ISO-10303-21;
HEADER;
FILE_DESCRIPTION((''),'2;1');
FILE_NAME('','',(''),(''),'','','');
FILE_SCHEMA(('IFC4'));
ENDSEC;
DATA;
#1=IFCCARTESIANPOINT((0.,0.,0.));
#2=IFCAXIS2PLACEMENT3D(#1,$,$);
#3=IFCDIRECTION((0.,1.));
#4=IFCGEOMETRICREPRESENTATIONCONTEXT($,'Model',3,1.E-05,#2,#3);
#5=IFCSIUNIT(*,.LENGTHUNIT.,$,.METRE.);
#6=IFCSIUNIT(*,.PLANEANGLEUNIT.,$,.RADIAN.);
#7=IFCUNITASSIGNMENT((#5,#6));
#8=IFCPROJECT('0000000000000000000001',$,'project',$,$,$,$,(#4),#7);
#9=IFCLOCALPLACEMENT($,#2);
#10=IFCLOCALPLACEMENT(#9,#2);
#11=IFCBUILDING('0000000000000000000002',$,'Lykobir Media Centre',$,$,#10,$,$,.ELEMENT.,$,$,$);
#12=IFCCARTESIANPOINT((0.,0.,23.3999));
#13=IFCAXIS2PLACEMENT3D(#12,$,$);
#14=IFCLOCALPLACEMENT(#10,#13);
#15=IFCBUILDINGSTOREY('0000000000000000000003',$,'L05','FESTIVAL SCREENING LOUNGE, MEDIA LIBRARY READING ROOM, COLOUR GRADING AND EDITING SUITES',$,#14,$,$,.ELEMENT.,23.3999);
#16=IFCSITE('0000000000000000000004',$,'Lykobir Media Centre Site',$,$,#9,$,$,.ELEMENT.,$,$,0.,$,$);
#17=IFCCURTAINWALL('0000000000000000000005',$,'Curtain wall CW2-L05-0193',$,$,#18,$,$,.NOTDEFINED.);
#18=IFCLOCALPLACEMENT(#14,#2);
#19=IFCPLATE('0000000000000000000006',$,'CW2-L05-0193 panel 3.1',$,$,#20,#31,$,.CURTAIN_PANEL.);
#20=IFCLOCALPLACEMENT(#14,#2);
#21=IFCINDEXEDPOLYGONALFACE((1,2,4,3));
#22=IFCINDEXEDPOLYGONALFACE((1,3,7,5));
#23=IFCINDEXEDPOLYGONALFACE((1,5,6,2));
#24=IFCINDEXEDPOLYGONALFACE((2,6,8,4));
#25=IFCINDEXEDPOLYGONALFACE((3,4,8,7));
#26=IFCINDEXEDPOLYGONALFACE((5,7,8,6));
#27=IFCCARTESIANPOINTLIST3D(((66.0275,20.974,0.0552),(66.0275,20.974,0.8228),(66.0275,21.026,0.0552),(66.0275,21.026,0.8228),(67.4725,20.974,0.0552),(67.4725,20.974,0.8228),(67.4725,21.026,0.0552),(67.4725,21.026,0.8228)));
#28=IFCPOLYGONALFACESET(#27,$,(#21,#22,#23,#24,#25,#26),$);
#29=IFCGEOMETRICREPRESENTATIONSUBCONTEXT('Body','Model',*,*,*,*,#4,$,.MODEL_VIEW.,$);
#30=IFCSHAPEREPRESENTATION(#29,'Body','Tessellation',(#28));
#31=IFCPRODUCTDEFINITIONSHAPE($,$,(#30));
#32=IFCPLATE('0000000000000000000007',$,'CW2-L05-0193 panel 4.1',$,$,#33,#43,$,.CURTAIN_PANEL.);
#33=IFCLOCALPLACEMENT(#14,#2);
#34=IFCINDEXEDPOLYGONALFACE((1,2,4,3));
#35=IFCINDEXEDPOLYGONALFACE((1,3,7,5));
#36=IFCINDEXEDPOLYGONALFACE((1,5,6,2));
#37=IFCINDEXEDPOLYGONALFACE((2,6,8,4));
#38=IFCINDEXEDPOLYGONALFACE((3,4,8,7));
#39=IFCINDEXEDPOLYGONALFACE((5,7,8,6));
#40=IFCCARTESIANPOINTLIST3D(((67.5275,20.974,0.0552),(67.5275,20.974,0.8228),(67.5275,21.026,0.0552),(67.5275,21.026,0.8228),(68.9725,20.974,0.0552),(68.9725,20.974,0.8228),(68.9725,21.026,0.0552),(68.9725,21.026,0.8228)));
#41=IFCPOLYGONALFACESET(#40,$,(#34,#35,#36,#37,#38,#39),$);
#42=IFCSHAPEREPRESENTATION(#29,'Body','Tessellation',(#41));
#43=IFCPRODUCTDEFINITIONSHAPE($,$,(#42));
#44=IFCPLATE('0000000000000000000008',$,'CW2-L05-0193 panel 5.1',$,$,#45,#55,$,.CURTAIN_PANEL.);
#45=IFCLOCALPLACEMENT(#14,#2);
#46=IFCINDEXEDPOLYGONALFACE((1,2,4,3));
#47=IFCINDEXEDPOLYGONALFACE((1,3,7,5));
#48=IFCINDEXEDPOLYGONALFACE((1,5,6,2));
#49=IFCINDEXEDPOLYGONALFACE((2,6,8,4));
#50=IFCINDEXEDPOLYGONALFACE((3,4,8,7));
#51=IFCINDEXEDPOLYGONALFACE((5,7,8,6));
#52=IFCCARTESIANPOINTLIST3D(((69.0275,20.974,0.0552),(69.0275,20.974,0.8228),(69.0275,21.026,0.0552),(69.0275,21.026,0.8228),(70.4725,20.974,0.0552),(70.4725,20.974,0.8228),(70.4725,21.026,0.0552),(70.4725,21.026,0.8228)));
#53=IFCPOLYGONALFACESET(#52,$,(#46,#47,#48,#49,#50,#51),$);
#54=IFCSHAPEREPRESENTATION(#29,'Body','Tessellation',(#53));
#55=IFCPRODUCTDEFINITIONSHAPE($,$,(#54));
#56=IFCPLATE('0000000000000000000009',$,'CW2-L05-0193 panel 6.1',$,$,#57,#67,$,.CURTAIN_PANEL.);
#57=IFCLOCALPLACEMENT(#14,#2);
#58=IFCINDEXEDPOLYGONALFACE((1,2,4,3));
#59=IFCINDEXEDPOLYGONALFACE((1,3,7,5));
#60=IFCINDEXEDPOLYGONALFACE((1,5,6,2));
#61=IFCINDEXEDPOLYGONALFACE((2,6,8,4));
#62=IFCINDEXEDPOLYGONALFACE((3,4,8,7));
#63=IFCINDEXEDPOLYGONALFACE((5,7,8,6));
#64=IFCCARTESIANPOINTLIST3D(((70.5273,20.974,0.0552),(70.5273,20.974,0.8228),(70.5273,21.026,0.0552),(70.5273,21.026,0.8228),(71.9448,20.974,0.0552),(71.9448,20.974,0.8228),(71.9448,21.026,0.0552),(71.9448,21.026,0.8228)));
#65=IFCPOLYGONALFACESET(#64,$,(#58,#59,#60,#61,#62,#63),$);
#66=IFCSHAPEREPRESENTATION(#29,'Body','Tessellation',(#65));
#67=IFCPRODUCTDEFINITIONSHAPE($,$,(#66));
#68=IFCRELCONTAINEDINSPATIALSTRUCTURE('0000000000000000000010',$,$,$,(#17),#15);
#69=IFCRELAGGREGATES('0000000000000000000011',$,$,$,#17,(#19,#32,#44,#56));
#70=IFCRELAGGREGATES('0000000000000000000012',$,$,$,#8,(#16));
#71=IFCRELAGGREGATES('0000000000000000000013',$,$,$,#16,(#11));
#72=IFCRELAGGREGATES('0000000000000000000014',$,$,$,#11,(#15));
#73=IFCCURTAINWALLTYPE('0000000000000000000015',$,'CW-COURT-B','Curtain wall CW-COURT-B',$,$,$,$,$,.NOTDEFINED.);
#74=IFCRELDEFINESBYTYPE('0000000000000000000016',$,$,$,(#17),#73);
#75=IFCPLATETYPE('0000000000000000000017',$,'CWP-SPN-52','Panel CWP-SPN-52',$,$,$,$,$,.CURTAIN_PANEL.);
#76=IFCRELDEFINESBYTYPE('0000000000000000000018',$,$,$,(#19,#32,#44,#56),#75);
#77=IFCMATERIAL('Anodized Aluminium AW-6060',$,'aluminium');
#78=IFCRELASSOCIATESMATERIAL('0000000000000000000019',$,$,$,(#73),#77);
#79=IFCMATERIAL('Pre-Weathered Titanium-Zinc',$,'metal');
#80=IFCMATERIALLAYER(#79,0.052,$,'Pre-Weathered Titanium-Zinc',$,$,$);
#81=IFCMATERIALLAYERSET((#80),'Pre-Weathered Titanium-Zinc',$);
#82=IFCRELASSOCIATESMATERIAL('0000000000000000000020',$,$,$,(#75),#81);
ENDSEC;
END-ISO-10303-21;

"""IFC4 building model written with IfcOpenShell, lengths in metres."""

from ifc_helpers import new_model, si_unit, direction, frame, origin, origin_2d, place, context, subcontext, project, spatial, rectangle, extrude, material, layer, layer_set, type_object, element, aggregate, save


model = new_model("IFC4")

# Units and contexts
model_context = context("Model", 3, precision=1e-05, world=origin(), true_north=direction((0.0, 1.0)))
body_context = subcontext(model_context, "Body", "Model", "MODEL_VIEW")
ifc_project = project(units=[si_unit("LENGTHUNIT", "METRE"), si_unit("PLANEANGLEUNIT", "RADIAN")], contexts=[model_context])

# Site, building, storey
site_placement = place(None, origin())
site = spatial("IfcSite", under=ifc_project, at=site_placement, Name="Lykobir Media Centre Site", CompositionType="ELEMENT", RefElevation=0.0)
building_placement = place(site_placement, origin())
building = spatial("IfcBuilding", under=site, at=building_placement, Name="Lykobir Media Centre", CompositionType="ELEMENT")
storey_placement = place(building_placement, frame((0.0, 0.0, 23.3999)))
storey = spatial("IfcBuildingStorey", under=building, at=storey_placement, Name="L05", Description="FESTIVAL SCREENING LOUNGE, MEDIA LIBRARY READING ROOM, COLOUR GRADING AND EDITING SUITES", CompositionType="ELEMENT", Elevation=23.3999)

# Curtain wall, plates
ifc_material_1 = material(Name="Anodized Aluminium AW-6060", Category="aluminium")
curtain_wall_type = type_object("IfcCurtainWallType", Name="CW-COURT-B", Description="Curtain wall CW-COURT-B", PredefinedType="NOTDEFINED", material=ifc_material_1)
curtain_wall_placement = place(storey_placement, origin())
curtain_wall = element("IfcCurtainWall", 1, at=curtain_wall_placement, inside=storey, type_object=curtain_wall_type, Name="Curtain wall CW2-L05-0193", PredefinedType="NOTDEFINED")
ifc_material_2 = material(Name="Pre-Weathered Titanium-Zinc", Category="metal")
ifc_layer_1 = layer(ifc_material_2, 0.052, Name="Pre-Weathered Titanium-Zinc")
ifc_layer_set_1 = layer_set([ifc_layer_1], Name="Pre-Weathered Titanium-Zinc")
plate_type_1 = type_object("IfcPlateType", Name="CWP-SPN-52", Description="Panel CWP-SPN-52", PredefinedType="CURTAIN_PANEL", material=ifc_layer_set_1)
plate_1_placement = place(storey_placement, frame((66.75, 21.0, 0.0552), z_axis=(0.0, 0.0, 1.0), x_axis=(1.0, 0.0, 0.0)))
plate_1 = element("IfcPlate", 2, at=plate_1_placement, type_object=plate_type_1, Name="CW2-L05-0193 panel 3.1", PredefinedType="CURTAIN_PANEL", context=body_context, shape_type="SweptSolid", body=[
    extrude(rectangle(XDim=1.4451, YDim=0.052, at=origin_2d()), origin(), (0.0, 0.0, 1.0), 0.7676),
])
plate_2_placement = place(storey_placement, frame((68.25, 21.0, 0.0552), z_axis=(0.0, 0.0, 1.0), x_axis=(1.0, 0.0, 0.0)))
plate_2 = element("IfcPlate", 3, at=plate_2_placement, type_object=plate_type_1, Name="CW2-L05-0193 panel 4.1", PredefinedType="CURTAIN_PANEL", context=body_context, shape_type="SweptSolid", body=[
    extrude(rectangle(XDim=1.4451, YDim=0.052, at=origin_2d()), origin(), (0.0, 0.0, 1.0), 0.7676),
])
plate_3_placement = place(storey_placement, frame((69.75, 21.0, 0.0552), z_axis=(0.0, 0.0, 1.0), x_axis=(1.0, 0.0, 0.0)))
plate_3 = element("IfcPlate", 4, at=plate_3_placement, type_object=plate_type_1, Name="CW2-L05-0193 panel 5.1", PredefinedType="CURTAIN_PANEL", context=body_context, shape_type="SweptSolid", body=[
    extrude(rectangle(XDim=1.4451, YDim=0.052, at=origin_2d()), origin(), (0.0, 0.0, 1.0), 0.7676),
])
plate_4_placement = place(storey_placement, frame((71.2361, 21.0, 0.0552), z_axis=(0.0, 0.0, 1.0), x_axis=(1.0, 0.0, 0.0)))
plate_4 = element("IfcPlate", 5, at=plate_4_placement, type_object=plate_type_1, Name="CW2-L05-0193 panel 6.1", PredefinedType="CURTAIN_PANEL", context=body_context, shape_type="SweptSolid", body=[
    extrude(rectangle(XDim=1.4175, YDim=0.052, at=origin_2d()), origin(), (0.0, 0.0, 1.0), 0.7676),
])
aggregate(curtain_wall, [plate_1, plate_2, plate_3, plate_4])

save(model, "model.ifc")
